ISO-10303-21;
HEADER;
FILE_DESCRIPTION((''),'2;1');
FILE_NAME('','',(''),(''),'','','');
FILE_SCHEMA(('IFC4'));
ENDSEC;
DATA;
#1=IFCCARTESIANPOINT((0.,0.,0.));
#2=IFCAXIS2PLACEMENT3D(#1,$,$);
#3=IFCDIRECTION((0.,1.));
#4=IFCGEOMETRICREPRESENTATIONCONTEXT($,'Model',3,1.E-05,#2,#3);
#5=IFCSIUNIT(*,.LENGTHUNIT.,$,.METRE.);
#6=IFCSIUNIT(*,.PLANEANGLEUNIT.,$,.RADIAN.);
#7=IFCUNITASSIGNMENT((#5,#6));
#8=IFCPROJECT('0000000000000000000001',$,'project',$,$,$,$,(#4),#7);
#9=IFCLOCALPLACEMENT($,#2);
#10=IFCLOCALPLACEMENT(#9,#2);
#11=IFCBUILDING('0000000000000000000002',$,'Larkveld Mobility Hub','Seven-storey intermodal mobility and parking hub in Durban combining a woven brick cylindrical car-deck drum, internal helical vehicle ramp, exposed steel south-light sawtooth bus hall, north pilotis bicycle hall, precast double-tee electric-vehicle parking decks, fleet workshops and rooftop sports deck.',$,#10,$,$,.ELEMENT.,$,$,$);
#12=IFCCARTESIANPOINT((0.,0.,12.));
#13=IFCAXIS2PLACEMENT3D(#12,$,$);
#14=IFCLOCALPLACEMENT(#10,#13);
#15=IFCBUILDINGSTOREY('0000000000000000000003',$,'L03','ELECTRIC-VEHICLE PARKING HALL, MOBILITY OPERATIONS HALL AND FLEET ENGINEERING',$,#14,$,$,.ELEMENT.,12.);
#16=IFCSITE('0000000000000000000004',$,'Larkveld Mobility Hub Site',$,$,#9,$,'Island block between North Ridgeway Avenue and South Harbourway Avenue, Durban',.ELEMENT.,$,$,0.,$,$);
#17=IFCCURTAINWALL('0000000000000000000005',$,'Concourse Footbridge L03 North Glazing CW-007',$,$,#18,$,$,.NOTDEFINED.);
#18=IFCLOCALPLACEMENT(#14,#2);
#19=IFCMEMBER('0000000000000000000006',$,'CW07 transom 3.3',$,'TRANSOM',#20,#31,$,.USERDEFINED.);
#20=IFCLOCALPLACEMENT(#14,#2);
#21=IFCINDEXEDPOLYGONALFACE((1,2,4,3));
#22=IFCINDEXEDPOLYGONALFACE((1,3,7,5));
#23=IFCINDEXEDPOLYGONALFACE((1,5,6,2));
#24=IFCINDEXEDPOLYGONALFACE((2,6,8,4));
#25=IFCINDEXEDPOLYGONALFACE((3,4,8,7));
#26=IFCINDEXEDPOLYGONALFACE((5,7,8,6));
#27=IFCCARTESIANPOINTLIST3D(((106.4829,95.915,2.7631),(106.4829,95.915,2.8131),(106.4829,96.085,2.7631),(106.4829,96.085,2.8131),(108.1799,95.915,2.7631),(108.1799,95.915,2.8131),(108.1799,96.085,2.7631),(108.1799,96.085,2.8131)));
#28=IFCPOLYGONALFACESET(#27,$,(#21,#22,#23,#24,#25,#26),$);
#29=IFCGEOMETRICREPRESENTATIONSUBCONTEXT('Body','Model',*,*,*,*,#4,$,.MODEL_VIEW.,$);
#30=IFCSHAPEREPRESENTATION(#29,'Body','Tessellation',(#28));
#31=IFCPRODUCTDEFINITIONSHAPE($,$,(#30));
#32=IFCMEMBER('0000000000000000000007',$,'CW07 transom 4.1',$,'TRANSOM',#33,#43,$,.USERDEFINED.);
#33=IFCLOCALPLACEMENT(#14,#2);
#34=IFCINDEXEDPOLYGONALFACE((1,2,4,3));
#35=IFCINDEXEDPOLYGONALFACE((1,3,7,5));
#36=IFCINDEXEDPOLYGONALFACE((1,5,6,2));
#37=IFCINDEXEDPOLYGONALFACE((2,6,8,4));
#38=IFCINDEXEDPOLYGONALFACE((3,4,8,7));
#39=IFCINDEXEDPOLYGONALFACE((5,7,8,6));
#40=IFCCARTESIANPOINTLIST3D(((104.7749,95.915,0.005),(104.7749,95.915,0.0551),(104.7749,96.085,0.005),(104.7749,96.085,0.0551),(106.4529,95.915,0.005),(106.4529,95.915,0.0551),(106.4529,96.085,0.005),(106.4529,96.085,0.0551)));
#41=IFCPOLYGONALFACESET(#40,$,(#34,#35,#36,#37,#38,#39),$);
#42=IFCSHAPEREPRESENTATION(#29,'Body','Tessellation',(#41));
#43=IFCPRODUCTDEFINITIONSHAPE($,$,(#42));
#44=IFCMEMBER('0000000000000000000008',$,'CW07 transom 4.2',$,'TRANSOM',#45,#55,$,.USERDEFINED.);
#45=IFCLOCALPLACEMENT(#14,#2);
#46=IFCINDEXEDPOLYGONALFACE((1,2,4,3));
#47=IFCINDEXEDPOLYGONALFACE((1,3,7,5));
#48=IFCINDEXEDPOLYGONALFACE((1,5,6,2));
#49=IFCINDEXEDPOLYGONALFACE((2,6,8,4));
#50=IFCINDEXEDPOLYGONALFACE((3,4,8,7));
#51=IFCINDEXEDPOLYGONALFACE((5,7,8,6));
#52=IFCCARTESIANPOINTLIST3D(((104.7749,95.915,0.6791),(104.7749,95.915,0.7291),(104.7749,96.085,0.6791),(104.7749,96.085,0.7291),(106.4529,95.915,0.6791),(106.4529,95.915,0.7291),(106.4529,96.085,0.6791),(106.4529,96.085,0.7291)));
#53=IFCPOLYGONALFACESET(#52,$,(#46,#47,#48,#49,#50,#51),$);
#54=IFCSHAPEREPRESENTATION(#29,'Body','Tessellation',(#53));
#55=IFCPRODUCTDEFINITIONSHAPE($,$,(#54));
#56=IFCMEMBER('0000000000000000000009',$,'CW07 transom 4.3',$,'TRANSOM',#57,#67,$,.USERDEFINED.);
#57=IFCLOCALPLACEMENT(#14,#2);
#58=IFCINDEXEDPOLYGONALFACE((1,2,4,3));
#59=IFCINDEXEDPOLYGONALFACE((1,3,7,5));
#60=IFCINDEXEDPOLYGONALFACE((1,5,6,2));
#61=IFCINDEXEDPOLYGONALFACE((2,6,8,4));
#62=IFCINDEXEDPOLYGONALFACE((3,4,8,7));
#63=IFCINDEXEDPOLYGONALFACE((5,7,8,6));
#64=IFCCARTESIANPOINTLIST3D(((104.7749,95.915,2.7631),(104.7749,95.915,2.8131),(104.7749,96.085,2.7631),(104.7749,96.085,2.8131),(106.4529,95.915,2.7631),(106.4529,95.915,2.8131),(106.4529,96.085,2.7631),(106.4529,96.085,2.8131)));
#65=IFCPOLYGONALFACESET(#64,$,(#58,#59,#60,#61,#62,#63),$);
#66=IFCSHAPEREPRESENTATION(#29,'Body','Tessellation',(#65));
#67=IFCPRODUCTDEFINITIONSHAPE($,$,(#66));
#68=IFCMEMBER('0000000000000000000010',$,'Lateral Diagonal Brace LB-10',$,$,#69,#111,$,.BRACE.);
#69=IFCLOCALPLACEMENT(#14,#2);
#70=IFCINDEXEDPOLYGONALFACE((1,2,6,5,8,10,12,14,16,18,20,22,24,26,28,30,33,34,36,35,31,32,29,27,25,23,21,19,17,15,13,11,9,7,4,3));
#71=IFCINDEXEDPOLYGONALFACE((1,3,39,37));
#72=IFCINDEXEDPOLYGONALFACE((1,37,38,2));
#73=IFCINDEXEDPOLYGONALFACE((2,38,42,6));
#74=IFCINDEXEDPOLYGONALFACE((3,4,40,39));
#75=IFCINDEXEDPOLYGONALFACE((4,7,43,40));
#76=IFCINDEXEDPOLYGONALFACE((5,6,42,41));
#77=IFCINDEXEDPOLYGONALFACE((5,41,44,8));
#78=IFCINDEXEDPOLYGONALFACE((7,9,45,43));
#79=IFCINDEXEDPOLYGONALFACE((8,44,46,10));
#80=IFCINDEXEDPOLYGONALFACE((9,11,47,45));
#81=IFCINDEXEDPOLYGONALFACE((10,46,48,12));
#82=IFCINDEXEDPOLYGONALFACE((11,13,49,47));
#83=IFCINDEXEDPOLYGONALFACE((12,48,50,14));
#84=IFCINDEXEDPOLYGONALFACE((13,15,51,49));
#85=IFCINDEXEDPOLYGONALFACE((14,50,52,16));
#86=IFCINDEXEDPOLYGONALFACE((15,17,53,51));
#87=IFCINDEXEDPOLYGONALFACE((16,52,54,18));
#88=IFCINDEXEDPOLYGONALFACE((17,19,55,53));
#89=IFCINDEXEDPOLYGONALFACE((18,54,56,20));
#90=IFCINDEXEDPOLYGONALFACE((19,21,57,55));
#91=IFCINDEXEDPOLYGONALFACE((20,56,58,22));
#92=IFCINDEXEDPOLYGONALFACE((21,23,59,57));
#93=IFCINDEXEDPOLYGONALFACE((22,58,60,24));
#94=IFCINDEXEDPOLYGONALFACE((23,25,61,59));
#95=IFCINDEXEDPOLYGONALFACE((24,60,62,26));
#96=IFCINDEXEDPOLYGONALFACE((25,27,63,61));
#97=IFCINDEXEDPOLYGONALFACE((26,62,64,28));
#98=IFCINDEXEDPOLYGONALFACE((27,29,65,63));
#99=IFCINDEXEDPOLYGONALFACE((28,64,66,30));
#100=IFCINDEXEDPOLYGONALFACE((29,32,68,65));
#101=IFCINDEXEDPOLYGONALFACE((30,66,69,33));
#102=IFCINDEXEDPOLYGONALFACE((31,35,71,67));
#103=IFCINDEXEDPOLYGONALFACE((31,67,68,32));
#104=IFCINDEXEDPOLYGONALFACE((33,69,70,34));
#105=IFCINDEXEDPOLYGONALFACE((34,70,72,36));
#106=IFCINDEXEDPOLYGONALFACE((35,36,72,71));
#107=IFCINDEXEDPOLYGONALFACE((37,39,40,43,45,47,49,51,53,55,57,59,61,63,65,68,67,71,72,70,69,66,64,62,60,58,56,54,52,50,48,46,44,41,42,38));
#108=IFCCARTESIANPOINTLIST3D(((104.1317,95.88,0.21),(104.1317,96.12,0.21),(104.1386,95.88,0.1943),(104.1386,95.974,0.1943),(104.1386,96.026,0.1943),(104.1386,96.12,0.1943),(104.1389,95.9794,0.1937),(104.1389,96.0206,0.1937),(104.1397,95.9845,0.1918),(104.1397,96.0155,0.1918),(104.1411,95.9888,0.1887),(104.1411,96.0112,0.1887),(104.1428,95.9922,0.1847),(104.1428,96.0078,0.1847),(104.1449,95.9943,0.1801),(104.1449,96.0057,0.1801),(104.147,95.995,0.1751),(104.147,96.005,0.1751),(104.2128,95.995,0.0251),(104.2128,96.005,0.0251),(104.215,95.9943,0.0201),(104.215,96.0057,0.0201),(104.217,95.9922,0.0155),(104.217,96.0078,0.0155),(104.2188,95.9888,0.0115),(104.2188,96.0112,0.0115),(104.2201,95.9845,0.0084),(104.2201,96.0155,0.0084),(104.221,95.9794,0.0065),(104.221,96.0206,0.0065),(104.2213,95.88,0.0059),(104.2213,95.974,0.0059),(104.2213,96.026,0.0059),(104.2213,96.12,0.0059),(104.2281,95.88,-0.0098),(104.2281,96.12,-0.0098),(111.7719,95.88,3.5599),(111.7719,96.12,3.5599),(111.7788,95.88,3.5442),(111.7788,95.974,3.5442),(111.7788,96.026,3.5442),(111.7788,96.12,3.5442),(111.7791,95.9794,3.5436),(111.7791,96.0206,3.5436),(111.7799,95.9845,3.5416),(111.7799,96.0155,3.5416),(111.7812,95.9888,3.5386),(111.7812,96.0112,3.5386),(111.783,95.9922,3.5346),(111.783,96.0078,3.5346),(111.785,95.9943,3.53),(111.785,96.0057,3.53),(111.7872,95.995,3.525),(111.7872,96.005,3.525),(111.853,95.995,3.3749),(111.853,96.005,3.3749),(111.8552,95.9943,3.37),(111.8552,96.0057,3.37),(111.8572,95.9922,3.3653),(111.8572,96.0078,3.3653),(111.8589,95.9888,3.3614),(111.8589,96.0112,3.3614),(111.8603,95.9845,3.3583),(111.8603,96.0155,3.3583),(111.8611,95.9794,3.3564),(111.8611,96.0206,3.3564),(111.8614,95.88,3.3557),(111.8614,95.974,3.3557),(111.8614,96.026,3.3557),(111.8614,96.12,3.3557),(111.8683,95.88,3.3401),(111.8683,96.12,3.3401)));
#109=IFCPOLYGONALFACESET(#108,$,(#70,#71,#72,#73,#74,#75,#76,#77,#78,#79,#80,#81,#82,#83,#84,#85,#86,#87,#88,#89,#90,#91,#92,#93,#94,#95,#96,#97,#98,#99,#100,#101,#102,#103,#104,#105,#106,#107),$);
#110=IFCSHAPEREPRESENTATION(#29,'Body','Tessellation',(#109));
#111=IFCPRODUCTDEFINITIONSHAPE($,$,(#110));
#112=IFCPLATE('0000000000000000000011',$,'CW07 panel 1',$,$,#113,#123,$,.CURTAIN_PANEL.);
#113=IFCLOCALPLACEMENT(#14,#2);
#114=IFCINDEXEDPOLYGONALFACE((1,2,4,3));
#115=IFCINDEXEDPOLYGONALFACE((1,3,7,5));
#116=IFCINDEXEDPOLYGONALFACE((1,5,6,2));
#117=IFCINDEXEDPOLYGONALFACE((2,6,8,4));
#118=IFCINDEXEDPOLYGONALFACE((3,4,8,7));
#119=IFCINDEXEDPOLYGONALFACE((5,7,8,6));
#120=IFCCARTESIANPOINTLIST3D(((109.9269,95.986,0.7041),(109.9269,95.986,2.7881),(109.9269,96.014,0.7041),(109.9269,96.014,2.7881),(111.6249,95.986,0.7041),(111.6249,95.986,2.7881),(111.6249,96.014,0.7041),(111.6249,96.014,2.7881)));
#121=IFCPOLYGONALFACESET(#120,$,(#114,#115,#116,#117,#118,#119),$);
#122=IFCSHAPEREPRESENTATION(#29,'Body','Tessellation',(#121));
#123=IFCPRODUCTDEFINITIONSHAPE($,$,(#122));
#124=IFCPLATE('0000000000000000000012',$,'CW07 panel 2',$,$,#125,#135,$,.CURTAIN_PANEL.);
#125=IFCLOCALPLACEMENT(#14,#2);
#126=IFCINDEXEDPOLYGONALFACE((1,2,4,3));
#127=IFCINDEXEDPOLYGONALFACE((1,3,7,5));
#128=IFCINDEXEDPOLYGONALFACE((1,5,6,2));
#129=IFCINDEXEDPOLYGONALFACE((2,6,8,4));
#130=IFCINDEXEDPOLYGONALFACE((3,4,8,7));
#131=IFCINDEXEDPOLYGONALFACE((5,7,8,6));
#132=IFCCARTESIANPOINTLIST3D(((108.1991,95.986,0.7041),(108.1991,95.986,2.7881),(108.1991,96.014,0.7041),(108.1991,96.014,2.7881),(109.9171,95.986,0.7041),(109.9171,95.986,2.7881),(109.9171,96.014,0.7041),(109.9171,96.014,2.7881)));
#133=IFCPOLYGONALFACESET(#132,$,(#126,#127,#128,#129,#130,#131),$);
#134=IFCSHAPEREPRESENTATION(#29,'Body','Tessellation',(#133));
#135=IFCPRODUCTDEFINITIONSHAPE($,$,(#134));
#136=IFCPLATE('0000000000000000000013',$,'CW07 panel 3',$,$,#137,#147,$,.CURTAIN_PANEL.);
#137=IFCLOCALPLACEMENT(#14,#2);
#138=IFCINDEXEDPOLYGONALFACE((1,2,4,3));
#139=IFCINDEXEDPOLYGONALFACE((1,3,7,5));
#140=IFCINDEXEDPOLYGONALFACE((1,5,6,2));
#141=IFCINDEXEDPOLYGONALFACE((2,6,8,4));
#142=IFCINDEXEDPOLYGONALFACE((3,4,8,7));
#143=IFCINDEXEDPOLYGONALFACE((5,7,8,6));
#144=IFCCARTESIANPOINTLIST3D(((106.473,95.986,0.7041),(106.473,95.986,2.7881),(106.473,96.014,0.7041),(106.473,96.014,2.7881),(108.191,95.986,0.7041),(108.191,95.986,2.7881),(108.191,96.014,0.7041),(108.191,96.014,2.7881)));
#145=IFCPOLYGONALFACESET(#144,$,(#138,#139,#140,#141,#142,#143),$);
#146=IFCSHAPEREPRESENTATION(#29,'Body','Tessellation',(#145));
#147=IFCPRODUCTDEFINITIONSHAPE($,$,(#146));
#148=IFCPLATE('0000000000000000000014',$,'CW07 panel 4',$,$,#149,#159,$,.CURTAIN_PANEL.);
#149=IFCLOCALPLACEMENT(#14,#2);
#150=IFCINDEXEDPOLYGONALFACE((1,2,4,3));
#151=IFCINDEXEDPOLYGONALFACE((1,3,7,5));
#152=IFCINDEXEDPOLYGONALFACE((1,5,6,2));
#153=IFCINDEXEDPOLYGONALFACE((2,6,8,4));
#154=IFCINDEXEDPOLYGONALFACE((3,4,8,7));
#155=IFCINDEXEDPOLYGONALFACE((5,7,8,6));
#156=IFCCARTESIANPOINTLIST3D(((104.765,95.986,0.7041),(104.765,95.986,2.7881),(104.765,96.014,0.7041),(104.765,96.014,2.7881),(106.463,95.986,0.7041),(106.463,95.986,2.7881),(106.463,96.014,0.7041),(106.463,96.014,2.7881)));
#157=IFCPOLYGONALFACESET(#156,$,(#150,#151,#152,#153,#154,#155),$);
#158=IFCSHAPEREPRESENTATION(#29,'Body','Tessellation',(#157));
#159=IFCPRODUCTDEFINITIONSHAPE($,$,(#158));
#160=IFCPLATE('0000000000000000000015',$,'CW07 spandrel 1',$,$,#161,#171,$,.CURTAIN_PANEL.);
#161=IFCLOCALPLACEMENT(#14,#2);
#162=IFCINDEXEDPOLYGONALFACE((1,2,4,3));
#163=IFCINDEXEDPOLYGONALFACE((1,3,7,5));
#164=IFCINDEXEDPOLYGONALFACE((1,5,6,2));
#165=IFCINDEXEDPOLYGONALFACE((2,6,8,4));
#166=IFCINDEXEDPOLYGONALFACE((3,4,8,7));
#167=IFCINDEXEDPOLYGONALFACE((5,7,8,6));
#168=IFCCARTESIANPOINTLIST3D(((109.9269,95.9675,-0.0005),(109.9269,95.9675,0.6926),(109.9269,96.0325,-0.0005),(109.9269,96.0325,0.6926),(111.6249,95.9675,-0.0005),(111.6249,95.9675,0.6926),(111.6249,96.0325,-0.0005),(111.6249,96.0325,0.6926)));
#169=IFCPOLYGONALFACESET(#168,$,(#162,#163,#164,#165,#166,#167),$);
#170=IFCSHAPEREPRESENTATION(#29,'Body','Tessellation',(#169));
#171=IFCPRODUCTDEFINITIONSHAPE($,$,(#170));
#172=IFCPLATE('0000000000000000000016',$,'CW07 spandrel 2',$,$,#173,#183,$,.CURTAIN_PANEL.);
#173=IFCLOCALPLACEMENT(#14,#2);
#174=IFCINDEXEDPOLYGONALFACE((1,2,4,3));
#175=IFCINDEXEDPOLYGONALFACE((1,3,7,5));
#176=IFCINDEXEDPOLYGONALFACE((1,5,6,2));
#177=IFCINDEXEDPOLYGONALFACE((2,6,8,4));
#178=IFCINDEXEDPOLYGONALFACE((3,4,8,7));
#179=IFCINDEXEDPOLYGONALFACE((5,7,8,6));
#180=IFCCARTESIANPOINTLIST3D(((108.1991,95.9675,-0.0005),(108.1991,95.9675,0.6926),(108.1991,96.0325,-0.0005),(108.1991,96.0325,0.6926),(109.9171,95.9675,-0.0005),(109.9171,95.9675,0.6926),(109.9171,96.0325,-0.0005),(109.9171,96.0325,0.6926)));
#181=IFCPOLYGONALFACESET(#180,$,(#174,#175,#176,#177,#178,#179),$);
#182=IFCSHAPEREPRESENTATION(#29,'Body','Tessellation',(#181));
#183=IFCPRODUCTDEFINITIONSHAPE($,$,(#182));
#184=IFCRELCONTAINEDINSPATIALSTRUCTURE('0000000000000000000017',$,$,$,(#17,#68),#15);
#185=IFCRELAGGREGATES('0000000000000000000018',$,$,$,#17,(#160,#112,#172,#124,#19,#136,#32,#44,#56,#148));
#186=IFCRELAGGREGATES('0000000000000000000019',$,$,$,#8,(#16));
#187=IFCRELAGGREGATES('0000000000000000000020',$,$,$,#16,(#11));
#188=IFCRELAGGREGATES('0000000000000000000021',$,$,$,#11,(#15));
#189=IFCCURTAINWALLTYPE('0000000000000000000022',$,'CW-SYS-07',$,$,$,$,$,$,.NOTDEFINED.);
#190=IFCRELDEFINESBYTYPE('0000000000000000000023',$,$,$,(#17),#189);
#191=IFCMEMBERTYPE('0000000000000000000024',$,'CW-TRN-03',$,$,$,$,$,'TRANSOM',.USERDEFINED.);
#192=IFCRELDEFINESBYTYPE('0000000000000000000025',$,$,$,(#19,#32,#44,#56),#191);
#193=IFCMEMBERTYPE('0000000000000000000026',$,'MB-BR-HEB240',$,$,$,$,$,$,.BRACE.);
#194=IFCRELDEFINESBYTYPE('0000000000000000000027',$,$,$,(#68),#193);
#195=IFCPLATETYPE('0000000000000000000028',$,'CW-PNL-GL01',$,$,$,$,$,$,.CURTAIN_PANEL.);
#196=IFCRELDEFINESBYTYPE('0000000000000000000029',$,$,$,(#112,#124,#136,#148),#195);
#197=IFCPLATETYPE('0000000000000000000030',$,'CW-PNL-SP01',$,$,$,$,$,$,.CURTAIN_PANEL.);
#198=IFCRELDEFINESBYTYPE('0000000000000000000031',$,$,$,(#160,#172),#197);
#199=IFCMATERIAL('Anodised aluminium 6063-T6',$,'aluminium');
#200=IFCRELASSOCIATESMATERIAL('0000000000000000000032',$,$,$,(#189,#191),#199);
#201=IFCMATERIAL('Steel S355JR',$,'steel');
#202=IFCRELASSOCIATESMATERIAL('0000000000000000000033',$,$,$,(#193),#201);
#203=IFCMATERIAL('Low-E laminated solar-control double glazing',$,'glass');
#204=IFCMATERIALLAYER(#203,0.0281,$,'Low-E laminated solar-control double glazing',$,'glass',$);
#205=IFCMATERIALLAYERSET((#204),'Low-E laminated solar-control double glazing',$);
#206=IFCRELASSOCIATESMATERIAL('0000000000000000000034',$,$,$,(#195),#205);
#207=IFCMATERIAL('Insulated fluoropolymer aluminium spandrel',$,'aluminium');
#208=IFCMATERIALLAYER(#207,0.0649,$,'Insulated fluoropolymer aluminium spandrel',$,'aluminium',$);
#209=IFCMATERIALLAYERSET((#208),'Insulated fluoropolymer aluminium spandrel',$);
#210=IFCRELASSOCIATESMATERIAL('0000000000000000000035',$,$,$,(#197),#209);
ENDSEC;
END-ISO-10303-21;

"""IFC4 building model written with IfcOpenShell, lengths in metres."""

from ifc_helpers import new_model, si_unit, direction, frame, origin, origin_2d, place, context, subcontext, project, spatial, rectangle, i_section, extrude, material, layer, layer_set, material_profile, profile_set, type_object, element, aggregate, save


model = new_model("IFC4")

# Units and contexts
model_context = context("Model", 3, precision=1e-05, world=origin(), true_north=direction((0.0, 1.0)))
body_context = subcontext(model_context, "Body", "Model", "MODEL_VIEW")
ifc_project = project(units=[si_unit("LENGTHUNIT", "METRE"), si_unit("PLANEANGLEUNIT", "RADIAN")], contexts=[model_context])

# Site, building, storey
site_placement = place(None, origin())
site = spatial("IfcSite", under=ifc_project, at=site_placement, Name="Larkveld Mobility Hub Site", LongName="Island block between North Ridgeway Avenue and South Harbourway Avenue, Durban", CompositionType="ELEMENT", RefElevation=0.0)
building_placement = place(site_placement, origin())
building = spatial("IfcBuilding", under=site, at=building_placement, Name="Larkveld Mobility Hub", Description="Seven-storey intermodal mobility and parking hub in Durban combining a woven brick cylindrical car-deck drum, internal helical vehicle ramp, exposed steel south-light sawtooth bus hall, north pilotis bicycle hall, precast double-tee electric-vehicle parking decks, fleet workshops and rooftop sports deck.", CompositionType="ELEMENT")
storey_placement = place(building_placement, frame((0.0, 0.0, 12.0)))
storey = spatial("IfcBuildingStorey", under=building, at=storey_placement, Name="L03", Description="ELECTRIC-VEHICLE PARKING HALL, MOBILITY OPERATIONS HALL AND FLEET ENGINEERING", CompositionType="ELEMENT", Elevation=12.0)

# Curtain wall, members
ifc_material_1 = material(Name="Anodised aluminium 6063-T6", Category="aluminium")
curtain_wall_type = type_object("IfcCurtainWallType", Name="CW-SYS-07", PredefinedType="NOTDEFINED", material=ifc_material_1)
curtain_wall_placement = place(storey_placement, origin())
curtain_wall = element("IfcCurtainWall", 1, at=curtain_wall_placement, inside=storey, type_object=curtain_wall_type, Name="Concourse Footbridge L03 North Glazing CW-007", PredefinedType="NOTDEFINED")
ifc_material_profile_1 = material_profile(ifc_material_1, rectangle(XDim=0.1699, YDim=0.05, at=origin_2d()), Name="ALU TRAN 50x170")
ifc_profile_set_1 = profile_set([ifc_material_profile_1], Name="Anodised aluminium 6063-T6")
member_type_1 = type_object("IfcMemberType", Name="CW-TRN-03", ElementType="TRANSOM", PredefinedType="USERDEFINED", material=ifc_profile_set_1)
member_1_placement = place(storey_placement, frame((108.1799, 96.0, 2.7881), z_axis=(-1.0, 0.0, 0.0), x_axis=(0.0, -1.0, 0.0)))
member_1 = element("IfcMember", 2, at=member_1_placement, type_object=member_type_1, Name="CW07 transom 3.3", ObjectType="TRANSOM", PredefinedType="USERDEFINED", context=body_context, shape_type="SweptSolid", body=[
    extrude(rectangle(XDim=0.1699, YDim=0.05, at=origin_2d()), origin(), (0.0, 0.0, 1.0), 1.697),
])
member_2_placement = place(storey_placement, frame((106.4529, 96.0, 0.03), z_axis=(-1.0, 0.0, 0.0), x_axis=(0.0, -1.0, 0.0)))
member_2 = element("IfcMember", 3, at=member_2_placement, type_object=member_type_1, Name="CW07 transom 4.1", ObjectType="TRANSOM", PredefinedType="USERDEFINED", context=body_context, shape_type="SweptSolid", body=[
    extrude(rectangle(XDim=0.1699, YDim=0.05, at=origin_2d()), origin(), (0.0, 0.0, 1.0), 1.678),
])
member_3_placement = place(storey_placement, frame((106.4529, 96.0, 0.7041), z_axis=(-1.0, 0.0, 0.0), x_axis=(0.0, -1.0, 0.0)))
member_3 = element("IfcMember", 4, at=member_3_placement, type_object=member_type_1, Name="CW07 transom 4.2", ObjectType="TRANSOM", PredefinedType="USERDEFINED", context=body_context, shape_type="SweptSolid", body=[
    extrude(rectangle(XDim=0.1699, YDim=0.05, at=origin_2d()), origin(), (0.0, 0.0, 1.0), 1.678),
])
member_4_placement = place(storey_placement, frame((106.4529, 96.0, 2.7881), z_axis=(-1.0, 0.0, 0.0), x_axis=(0.0, -1.0, 0.0)))
member_4 = element("IfcMember", 5, at=member_4_placement, type_object=member_type_1, Name="CW07 transom 4.3", ObjectType="TRANSOM", PredefinedType="USERDEFINED", context=body_context, shape_type="SweptSolid", body=[
    extrude(rectangle(XDim=0.1699, YDim=0.05, at=origin_2d()), origin(), (0.0, 0.0, 1.0), 1.678),
])

# Member
ifc_material_2 = material(Name="Steel S355JR", Category="steel")
ifc_material_profile_2 = material_profile(ifc_material_2, i_section(OverallWidth=0.24, OverallDepth=0.24, WebThickness=0.01, FlangeThickness=0.0171, FilletRadius=0.021, at=origin_2d()), Name="HEB 240")
ifc_profile_set_2 = profile_set([ifc_material_profile_2], Name="Steel S355JR")
member_type_2 = type_object("IfcMemberType", Name="MB-BR-HEB240", PredefinedType="BRACE", material=ifc_profile_set_2)
member_5_placement = place(storey_placement, frame((104.1799, 96.0, 0.1001), z_axis=(0.915836, 0.0, 0.401553), x_axis=(0.0, 1.0, 0.0)))
element("IfcMember", 6, at=member_5_placement, inside=storey, type_object=member_type_2, Name="Lateral Diagonal Brace LB-10", PredefinedType="BRACE", context=body_context, shape_type="SweptSolid", body=[
    extrude(i_section(OverallWidth=0.24, OverallDepth=0.24, WebThickness=0.01, FlangeThickness=0.0171, FilletRadius=0.021, at=origin_2d()), origin(), (0.0, 0.0, 1.0), 8.3423),
])

# Plates
ifc_material_3 = material(Name="Low-E laminated solar-control double glazing", Category="glass")
ifc_layer_1 = layer(ifc_material_3, 0.0281, Name="Low-E laminated solar-control double glazing", Category="glass")
ifc_layer_set_1 = layer_set([ifc_layer_1], Name="Low-E laminated solar-control double glazing")
plate_type_1 = type_object("IfcPlateType", Name="CW-PNL-GL01", PredefinedType="CURTAIN_PANEL", material=ifc_layer_set_1)
plate_1_placement = place(storey_placement, frame((110.7759, 96.0, 0.7041), z_axis=(0.0, 0.0, 1.0), x_axis=(-1.0, 0.0, 0.0)))
plate_1 = element("IfcPlate", 7, at=plate_1_placement, type_object=plate_type_1, Name="CW07 panel 1", PredefinedType="CURTAIN_PANEL", context=body_context, shape_type="SweptSolid", body=[
    extrude(rectangle(XDim=1.698, YDim=0.0281, at=origin_2d()), origin(), (0.0, 0.0, 1.0), 2.084),
])
plate_2_placement = place(storey_placement, frame((109.0581, 96.0, 0.7041), z_axis=(0.0, 0.0, 1.0), x_axis=(-1.0, 0.0, 0.0)))
plate_2 = element("IfcPlate", 8, at=plate_2_placement, type_object=plate_type_1, Name="CW07 panel 2", PredefinedType="CURTAIN_PANEL", context=body_context, shape_type="SweptSolid", body=[
    extrude(rectangle(XDim=1.718, YDim=0.0281, at=origin_2d()), origin(), (0.0, 0.0, 1.0), 2.084),
])
plate_3_placement = place(storey_placement, frame((107.332, 96.0, 0.7041), z_axis=(0.0, 0.0, 1.0), x_axis=(-1.0, 0.0, 0.0)))
plate_3 = element("IfcPlate", 9, at=plate_3_placement, type_object=plate_type_1, Name="CW07 panel 3", PredefinedType="CURTAIN_PANEL", context=body_context, shape_type="SweptSolid", body=[
    extrude(rectangle(XDim=1.718, YDim=0.0281, at=origin_2d()), origin(), (0.0, 0.0, 1.0), 2.084),
])
plate_4_placement = place(storey_placement, frame((105.614, 96.0, 0.7041), z_axis=(0.0, 0.0, 1.0), x_axis=(-1.0, 0.0, 0.0)))
plate_4 = element("IfcPlate", 10, at=plate_4_placement, type_object=plate_type_1, Name="CW07 panel 4", PredefinedType="CURTAIN_PANEL", context=body_context, shape_type="SweptSolid", body=[
    extrude(rectangle(XDim=1.698, YDim=0.0281, at=origin_2d()), origin(), (0.0, 0.0, 1.0), 2.084),
])
ifc_material_4 = material(Name="Insulated fluoropolymer aluminium spandrel", Category="aluminium")
ifc_layer_2 = layer(ifc_material_4, 0.0649, Name="Insulated fluoropolymer aluminium spandrel", Category="aluminium")
ifc_layer_set_2 = layer_set([ifc_layer_2], Name="Insulated fluoropolymer aluminium spandrel")
plate_type_2 = type_object("IfcPlateType", Name="CW-PNL-SP01", PredefinedType="CURTAIN_PANEL", material=ifc_layer_set_2)
plate_5_placement = place(storey_placement, frame((110.7759, 96.0, -0.0005), z_axis=(0.0, 0.0, 1.0), x_axis=(-1.0, 0.0, 0.0)))
plate_5 = element("IfcPlate", 11, at=plate_5_placement, type_object=plate_type_2, Name="CW07 spandrel 1", PredefinedType="CURTAIN_PANEL", context=body_context, shape_type="SweptSolid", body=[
    extrude(rectangle(XDim=1.698, YDim=0.0649, at=origin_2d()), origin(), (0.0, 0.0, 1.0), 0.6931),
])
plate_6_placement = place(storey_placement, frame((109.0581, 96.0, -0.0005), z_axis=(0.0, 0.0, 1.0), x_axis=(-1.0, 0.0, 0.0)))
plate_6 = element("IfcPlate", 12, at=plate_6_placement, type_object=plate_type_2, Name="CW07 spandrel 2", PredefinedType="CURTAIN_PANEL", context=body_context, shape_type="SweptSolid", body=[
    extrude(rectangle(XDim=1.718, YDim=0.0649, at=origin_2d()), origin(), (0.0, 0.0, 1.0), 0.6931),
])
aggregate(curtain_wall, [plate_5, plate_1, plate_6, plate_2, member_1, plate_3, member_2, member_3, member_4, plate_4])

save(model, "model.ifc")
